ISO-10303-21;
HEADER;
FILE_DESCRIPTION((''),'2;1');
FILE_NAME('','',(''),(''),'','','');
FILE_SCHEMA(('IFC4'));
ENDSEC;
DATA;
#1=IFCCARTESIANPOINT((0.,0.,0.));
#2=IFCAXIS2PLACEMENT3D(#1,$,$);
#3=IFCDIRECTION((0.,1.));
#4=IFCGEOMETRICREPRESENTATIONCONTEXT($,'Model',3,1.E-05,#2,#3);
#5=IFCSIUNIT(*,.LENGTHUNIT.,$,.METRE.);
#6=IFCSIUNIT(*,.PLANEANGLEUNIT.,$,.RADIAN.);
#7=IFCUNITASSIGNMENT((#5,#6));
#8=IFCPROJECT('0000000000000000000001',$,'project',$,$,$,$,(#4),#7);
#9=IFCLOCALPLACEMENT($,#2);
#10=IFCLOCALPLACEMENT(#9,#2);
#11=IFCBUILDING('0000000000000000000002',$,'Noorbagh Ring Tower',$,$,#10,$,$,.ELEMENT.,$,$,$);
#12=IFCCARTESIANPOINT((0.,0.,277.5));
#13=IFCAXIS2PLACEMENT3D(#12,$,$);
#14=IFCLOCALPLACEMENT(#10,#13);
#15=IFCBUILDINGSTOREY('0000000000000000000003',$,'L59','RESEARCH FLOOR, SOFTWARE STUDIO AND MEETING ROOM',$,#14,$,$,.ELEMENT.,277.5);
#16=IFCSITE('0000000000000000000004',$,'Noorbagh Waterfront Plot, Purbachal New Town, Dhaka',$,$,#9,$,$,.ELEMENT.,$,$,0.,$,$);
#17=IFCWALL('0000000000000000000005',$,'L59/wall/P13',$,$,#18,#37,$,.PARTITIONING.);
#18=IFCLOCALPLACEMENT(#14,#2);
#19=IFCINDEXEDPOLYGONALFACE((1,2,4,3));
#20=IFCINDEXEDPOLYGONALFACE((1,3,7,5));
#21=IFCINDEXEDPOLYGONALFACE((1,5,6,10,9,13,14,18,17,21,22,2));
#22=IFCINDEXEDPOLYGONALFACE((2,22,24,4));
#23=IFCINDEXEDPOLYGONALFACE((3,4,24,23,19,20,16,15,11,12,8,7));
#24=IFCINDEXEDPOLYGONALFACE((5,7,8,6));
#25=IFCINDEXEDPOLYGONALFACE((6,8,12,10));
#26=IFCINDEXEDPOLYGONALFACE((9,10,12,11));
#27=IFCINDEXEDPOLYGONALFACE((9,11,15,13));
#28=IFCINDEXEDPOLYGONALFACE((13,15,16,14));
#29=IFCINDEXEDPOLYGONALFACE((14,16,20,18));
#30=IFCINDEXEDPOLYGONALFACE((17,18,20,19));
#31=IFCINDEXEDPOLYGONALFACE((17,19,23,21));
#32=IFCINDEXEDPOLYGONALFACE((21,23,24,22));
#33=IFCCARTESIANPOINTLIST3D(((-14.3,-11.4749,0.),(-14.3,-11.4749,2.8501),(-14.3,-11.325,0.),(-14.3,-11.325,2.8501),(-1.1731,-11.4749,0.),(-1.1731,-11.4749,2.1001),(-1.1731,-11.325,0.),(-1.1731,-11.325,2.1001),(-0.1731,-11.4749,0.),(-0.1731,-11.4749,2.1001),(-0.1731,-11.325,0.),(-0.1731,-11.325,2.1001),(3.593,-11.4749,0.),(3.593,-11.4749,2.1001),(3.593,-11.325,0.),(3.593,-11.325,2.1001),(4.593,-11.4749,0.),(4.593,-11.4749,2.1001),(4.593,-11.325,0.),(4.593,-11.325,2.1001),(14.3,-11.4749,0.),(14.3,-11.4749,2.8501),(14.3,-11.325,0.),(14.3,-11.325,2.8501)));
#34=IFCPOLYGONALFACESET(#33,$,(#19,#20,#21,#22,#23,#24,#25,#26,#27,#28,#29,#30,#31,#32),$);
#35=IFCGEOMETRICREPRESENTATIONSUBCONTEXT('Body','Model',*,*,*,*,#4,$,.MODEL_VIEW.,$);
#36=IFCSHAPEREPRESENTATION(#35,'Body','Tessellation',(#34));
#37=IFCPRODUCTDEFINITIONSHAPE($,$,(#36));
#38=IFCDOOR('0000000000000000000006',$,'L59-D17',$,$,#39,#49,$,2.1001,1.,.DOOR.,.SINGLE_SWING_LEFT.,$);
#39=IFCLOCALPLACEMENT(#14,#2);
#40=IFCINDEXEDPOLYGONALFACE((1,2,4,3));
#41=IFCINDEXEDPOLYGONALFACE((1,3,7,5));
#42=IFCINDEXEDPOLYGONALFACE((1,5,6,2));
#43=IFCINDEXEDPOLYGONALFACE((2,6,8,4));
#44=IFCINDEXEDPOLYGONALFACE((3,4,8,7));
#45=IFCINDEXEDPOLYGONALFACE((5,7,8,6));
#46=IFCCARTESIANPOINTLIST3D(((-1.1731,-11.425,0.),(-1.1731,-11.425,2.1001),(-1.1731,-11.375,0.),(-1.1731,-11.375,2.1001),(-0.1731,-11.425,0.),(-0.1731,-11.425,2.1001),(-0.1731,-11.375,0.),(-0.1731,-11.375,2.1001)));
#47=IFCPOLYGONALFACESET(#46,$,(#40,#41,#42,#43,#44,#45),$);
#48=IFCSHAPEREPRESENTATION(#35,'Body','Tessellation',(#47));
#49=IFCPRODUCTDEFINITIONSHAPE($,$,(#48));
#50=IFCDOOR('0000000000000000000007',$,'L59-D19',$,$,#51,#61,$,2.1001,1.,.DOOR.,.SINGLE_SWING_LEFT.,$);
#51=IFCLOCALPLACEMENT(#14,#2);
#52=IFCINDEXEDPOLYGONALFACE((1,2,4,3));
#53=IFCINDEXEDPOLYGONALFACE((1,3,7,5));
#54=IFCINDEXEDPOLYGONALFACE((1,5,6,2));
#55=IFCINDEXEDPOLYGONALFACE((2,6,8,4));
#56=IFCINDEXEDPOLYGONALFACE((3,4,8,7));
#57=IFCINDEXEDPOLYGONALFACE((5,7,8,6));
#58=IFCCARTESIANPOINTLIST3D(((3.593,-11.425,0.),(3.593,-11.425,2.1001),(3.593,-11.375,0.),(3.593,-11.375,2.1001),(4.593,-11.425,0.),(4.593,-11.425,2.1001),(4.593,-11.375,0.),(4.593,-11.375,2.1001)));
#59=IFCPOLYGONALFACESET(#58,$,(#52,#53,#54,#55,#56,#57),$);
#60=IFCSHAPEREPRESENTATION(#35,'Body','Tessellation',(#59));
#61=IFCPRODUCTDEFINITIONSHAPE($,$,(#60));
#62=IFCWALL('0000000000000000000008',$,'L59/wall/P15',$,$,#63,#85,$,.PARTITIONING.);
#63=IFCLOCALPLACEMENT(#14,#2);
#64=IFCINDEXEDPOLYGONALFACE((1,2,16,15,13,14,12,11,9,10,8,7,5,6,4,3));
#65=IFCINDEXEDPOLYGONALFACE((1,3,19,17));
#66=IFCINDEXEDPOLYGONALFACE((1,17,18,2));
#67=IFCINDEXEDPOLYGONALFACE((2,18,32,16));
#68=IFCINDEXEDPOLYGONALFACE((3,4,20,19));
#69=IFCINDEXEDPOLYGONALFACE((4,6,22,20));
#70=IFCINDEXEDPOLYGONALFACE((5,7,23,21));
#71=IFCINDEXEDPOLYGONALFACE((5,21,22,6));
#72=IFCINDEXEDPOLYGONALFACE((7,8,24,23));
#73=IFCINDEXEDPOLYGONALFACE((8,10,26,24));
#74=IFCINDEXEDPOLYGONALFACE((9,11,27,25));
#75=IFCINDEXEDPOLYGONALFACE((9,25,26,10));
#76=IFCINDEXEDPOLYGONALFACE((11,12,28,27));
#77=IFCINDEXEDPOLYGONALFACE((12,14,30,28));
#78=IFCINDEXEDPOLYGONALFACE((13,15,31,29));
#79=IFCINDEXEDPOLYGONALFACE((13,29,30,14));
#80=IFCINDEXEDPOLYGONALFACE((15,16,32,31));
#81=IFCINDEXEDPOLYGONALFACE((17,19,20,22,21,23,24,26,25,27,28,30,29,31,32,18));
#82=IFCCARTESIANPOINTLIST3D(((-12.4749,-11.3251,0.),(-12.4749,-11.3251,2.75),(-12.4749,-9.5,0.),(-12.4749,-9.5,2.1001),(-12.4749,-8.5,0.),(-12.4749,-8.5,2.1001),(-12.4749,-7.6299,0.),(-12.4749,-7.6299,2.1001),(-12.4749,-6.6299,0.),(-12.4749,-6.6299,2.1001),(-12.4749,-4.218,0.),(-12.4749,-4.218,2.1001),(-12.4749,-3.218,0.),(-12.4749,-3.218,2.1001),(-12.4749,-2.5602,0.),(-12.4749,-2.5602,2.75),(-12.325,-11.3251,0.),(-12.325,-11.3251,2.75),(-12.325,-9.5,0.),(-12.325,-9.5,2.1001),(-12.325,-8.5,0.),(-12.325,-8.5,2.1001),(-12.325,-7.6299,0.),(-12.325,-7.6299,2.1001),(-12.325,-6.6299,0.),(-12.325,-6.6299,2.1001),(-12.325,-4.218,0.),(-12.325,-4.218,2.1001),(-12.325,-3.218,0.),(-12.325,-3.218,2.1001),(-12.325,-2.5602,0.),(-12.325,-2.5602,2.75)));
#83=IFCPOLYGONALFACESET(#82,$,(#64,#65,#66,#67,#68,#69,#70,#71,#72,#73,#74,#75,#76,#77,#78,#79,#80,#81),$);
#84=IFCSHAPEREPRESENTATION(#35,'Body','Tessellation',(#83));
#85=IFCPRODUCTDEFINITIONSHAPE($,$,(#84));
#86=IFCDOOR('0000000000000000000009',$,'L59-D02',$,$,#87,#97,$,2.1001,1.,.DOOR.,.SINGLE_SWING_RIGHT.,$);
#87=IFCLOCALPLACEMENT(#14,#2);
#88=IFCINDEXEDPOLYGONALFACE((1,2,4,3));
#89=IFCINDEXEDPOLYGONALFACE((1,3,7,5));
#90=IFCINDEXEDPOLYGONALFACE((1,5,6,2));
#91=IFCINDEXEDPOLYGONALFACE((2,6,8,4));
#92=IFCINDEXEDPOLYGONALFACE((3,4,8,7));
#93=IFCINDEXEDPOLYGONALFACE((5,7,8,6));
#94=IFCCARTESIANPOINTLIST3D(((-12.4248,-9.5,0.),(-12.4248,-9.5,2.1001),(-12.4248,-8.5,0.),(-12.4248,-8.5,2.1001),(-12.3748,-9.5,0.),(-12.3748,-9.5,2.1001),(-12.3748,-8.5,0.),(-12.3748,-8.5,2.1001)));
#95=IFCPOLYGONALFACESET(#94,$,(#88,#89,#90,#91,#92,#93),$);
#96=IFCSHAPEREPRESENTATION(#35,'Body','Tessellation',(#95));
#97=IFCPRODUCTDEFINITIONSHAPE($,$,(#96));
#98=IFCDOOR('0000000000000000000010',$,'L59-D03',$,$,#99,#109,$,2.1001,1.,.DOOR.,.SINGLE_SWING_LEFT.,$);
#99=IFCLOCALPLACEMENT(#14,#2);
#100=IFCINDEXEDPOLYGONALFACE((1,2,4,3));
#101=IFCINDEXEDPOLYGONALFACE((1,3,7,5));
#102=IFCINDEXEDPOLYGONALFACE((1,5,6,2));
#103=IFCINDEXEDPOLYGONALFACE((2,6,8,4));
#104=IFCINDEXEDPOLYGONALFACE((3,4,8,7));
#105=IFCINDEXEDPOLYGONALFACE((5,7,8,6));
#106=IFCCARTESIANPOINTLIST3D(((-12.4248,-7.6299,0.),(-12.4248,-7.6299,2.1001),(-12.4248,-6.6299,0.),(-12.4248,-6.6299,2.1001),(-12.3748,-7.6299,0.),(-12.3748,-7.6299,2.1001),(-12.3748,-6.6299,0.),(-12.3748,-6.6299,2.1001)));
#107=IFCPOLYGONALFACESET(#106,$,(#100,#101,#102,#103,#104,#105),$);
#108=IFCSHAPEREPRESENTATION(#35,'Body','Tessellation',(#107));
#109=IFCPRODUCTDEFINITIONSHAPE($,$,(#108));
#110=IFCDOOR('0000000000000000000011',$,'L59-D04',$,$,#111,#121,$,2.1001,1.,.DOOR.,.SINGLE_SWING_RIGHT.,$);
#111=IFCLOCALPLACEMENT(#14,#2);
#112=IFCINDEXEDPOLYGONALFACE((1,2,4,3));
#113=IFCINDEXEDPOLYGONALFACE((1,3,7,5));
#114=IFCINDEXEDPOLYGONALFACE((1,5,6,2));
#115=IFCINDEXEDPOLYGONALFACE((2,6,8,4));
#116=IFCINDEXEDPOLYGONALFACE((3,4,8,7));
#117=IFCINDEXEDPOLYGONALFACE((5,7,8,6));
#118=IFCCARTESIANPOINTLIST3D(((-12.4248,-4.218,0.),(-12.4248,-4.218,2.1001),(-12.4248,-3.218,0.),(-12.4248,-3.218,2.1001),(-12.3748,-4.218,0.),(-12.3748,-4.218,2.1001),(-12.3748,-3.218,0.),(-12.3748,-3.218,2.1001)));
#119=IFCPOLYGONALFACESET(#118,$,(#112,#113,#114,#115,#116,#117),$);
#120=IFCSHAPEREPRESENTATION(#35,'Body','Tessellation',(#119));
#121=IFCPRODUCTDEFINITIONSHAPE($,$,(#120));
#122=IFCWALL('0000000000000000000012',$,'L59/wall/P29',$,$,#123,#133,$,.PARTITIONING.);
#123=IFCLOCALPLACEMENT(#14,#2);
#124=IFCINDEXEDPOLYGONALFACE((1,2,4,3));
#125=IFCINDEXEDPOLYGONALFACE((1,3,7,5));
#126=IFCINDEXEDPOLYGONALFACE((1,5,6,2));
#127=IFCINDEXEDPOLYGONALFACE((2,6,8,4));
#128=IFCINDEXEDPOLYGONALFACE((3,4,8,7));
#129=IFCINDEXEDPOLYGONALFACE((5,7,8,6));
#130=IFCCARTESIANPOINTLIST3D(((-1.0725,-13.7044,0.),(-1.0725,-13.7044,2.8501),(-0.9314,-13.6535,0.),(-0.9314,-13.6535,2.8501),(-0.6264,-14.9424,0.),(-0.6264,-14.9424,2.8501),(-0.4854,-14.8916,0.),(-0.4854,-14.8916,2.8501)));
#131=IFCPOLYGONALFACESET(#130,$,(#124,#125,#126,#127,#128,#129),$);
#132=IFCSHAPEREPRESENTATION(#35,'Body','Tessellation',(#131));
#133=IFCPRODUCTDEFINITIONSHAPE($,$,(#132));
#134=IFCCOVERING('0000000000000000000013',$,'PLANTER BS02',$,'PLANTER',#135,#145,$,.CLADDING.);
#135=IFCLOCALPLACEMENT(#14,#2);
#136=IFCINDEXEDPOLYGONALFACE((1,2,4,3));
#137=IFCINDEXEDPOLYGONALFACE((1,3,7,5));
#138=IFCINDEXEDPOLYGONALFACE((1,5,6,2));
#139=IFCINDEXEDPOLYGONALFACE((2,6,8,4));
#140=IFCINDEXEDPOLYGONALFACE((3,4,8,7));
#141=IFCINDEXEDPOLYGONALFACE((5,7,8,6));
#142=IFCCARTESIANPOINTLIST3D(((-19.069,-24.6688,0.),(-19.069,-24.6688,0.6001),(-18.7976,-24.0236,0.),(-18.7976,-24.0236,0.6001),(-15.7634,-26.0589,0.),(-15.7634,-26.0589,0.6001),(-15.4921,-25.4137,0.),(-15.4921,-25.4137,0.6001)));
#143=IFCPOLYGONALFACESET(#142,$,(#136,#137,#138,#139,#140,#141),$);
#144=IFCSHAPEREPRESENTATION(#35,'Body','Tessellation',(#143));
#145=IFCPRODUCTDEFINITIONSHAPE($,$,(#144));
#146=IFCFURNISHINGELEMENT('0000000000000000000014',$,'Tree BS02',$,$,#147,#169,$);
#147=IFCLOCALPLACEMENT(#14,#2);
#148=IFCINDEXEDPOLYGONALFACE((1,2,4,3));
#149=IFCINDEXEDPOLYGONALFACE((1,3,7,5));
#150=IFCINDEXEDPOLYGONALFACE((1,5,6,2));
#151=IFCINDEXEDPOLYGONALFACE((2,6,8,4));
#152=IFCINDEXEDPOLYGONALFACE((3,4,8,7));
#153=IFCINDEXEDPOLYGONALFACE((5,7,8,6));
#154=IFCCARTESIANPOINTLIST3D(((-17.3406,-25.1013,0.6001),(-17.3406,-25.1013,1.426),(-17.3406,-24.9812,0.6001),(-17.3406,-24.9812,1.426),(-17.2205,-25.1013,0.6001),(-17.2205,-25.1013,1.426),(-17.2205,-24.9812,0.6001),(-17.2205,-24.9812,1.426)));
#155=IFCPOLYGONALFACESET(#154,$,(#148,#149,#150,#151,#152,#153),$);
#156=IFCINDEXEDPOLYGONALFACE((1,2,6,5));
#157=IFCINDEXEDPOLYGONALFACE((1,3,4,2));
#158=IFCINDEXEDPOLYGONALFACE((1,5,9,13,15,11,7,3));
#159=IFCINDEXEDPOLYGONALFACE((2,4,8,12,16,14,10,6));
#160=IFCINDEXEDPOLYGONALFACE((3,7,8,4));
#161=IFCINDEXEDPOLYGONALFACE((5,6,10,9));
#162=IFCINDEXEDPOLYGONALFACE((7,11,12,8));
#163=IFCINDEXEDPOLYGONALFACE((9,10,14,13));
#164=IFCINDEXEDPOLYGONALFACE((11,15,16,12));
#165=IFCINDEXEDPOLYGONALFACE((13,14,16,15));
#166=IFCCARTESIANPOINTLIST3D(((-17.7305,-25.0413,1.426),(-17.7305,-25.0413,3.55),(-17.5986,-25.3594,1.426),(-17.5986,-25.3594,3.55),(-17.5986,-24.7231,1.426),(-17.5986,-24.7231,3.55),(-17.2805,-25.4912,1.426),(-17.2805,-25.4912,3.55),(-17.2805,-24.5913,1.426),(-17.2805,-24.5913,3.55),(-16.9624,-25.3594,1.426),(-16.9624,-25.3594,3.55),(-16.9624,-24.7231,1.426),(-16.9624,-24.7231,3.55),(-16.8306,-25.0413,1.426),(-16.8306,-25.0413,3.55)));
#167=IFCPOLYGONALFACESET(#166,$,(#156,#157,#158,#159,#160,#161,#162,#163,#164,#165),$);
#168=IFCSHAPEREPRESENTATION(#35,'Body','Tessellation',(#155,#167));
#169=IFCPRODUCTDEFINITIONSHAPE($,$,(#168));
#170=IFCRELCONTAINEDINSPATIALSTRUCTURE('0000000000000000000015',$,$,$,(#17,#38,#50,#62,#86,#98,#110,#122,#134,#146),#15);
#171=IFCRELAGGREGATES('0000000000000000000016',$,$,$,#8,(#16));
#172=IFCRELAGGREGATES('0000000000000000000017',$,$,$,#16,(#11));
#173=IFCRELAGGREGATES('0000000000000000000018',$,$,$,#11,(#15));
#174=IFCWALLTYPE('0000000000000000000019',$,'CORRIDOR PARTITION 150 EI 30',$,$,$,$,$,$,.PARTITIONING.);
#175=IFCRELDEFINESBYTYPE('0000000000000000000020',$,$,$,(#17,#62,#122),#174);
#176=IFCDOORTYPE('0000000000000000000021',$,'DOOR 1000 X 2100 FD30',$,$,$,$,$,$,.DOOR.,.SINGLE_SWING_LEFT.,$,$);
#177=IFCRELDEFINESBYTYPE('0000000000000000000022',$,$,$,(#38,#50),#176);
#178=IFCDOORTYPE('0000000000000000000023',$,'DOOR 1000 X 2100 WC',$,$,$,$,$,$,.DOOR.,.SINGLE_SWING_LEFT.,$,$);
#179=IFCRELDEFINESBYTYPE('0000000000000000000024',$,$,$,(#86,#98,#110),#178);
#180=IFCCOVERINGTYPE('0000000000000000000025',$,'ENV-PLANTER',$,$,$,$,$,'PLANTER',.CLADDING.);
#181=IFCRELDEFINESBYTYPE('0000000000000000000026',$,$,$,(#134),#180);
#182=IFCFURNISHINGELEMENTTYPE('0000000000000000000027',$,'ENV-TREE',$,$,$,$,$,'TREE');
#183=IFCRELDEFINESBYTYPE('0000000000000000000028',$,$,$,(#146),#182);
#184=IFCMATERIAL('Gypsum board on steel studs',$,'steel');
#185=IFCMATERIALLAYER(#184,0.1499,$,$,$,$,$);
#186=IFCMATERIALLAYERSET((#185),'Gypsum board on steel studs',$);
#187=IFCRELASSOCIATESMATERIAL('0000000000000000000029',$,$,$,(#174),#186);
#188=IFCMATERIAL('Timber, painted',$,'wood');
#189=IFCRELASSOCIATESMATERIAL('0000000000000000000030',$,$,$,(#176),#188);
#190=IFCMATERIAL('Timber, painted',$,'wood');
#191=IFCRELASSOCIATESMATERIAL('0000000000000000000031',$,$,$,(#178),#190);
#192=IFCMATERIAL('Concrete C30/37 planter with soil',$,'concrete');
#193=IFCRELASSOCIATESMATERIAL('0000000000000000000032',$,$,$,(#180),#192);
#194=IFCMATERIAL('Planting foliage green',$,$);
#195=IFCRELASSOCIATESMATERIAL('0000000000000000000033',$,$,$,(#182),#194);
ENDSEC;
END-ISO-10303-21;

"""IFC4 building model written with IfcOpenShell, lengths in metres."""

from ifc_helpers import new_model, si_unit, direction, frame, frame_2d, origin, origin_2d, place, context, subcontext, project, spatial, polyline, rectangle, outline, extrude, material, layer, layer_set, type_object, element, fill, save


model = new_model("IFC4")

# Units and contexts
model_context = context("Model", 3, precision=1e-05, world=origin(), true_north=direction((0.0, 1.0)))
body_context = subcontext(model_context, "Body", "Model", "MODEL_VIEW")
ifc_project = project(units=[si_unit("LENGTHUNIT", "METRE"), si_unit("PLANEANGLEUNIT", "RADIAN")], contexts=[model_context])

# Site, building, storey
site_placement = place(None, origin())
site = spatial("IfcSite", under=ifc_project, at=site_placement, Name="Noorbagh Waterfront Plot, Purbachal New Town, Dhaka", CompositionType="ELEMENT", RefElevation=0.0)
building_placement = place(site_placement, origin())
building = spatial("IfcBuilding", under=site, at=building_placement, Name="Noorbagh Ring Tower", CompositionType="ELEMENT")
storey_placement = place(building_placement, frame((0.0, 0.0, 277.5)))
storey = spatial("IfcBuildingStorey", under=building, at=storey_placement, Name="L59", Description="RESEARCH FLOOR, SOFTWARE STUDIO AND MEETING ROOM", CompositionType="ELEMENT", Elevation=277.5)

# Shared definitions
ifc_material_1 = material(Name="Gypsum board on steel studs", Category="steel")
ifc_layer = layer(ifc_material_1, 0.1499)
ifc_layer_set = layer_set([ifc_layer], Name="Gypsum board on steel studs")
wall_type = type_object("IfcWallType", Name="CORRIDOR PARTITION 150 EI 30", PredefinedType="PARTITIONING", material=ifc_layer_set)
ifc_material_2 = material(Name="Timber, painted", Category="wood")
door_type_1 = type_object("IfcDoorType", Name="DOOR 1000 X 2100 FD30", OperationType="SINGLE_SWING_LEFT", PredefinedType="DOOR", material=ifc_material_2)

# Walls, openings, doors
wall_1_placement = place(storey_placement, frame((-14.3, -11.3999, 0.0), z_axis=(0.0, 0.0, 1.0), x_axis=(1.0, 0.0, 0.0)))
wall_1 = element("IfcWall", 1, at=wall_1_placement, inside=storey, type_object=wall_type, Name="L59/wall/P13", PredefinedType="PARTITIONING", context=body_context, shape_type="SweptSolid", body=[
    extrude(rectangle(XDim=28.6001, YDim=0.1499, at=frame_2d((14.3, 0.0))), origin(), (0.0, 0.0, 1.0), 2.8501),
])
opening_1_placement = place(wall_1_placement, frame((13.127, 0.0, 0.0)))
opening_1 = element("IfcOpeningElement", 2, at=opening_1_placement, cuts=wall_1, PredefinedType="OPENING", context=body_context, shape_type="SweptSolid", body=[
    extrude(rectangle(XDim=1.0, YDim=2.1001, at=frame_2d((0.5, 1.05))), frame((0.0, 0.085, 0.0), z_axis=(0.0, -1.0, 0.0), x_axis=(1.0, 0.0, 0.0)), (0.0, 0.0, 1.0), 0.1699),
])
opening_2_placement = place(wall_1_placement, frame((17.8931, 0.0, 0.0)))
opening_2 = element("IfcOpeningElement", 3, at=opening_2_placement, cuts=wall_1, PredefinedType="OPENING", context=body_context, shape_type="SweptSolid", body=[
    extrude(rectangle(XDim=1.0, YDim=2.1001, at=frame_2d((0.5, 1.05))), frame((0.0, 0.085, 0.0), z_axis=(0.0, -1.0, 0.0), x_axis=(1.0, 0.0, 0.0)), (0.0, 0.0, 1.0), 0.1699),
])
door_1_placement = place(opening_1_placement, origin())
door_1 = element("IfcDoor", 4, at=door_1_placement, inside=storey, type_object=door_type_1, Name="L59-D17", OperationType="SINGLE_SWING_LEFT", OverallHeight=2.1001, OverallWidth=1.0, PredefinedType="DOOR", context=body_context, shape_type="SweptSolid", body=[
    extrude(rectangle(XDim=1.0, YDim=2.1001, at=frame_2d((0.5, 1.05))), frame((0.0, 0.0249, 0.0), z_axis=(0.0, -1.0, 0.0), x_axis=(1.0, 0.0, 0.0)), (0.0, 0.0, 1.0), 0.05),
])
fill(opening_1, door_1)
door_2_placement = place(opening_2_placement, origin())
door_2 = element("IfcDoor", 5, at=door_2_placement, inside=storey, type_object=door_type_1, Name="L59-D19", OperationType="SINGLE_SWING_LEFT", OverallHeight=2.1001, OverallWidth=1.0, PredefinedType="DOOR", context=body_context, shape_type="SweptSolid", body=[
    extrude(rectangle(XDim=1.0, YDim=2.1001, at=frame_2d((0.5, 1.05))), frame((0.0, 0.0249, 0.0), z_axis=(0.0, -1.0, 0.0), x_axis=(1.0, 0.0, 0.0)), (0.0, 0.0, 1.0), 0.05),
])
fill(opening_2, door_2)
wall_2_placement = place(storey_placement, frame((-12.3999, -11.325, 0.0), z_axis=(0.0, 0.0, 1.0), x_axis=(0.0, 1.0, 0.0)))
wall_2 = element("IfcWall", 6, at=wall_2_placement, inside=storey, type_object=wall_type, Name="L59/wall/P15", PredefinedType="PARTITIONING", context=body_context, shape_type="SweptSolid", body=[
    extrude(rectangle(XDim=8.7649, YDim=0.1499, at=frame_2d((4.3823, 0.0))), origin(), (0.0, 0.0, 1.0), 2.75),
])
opening_3_placement = place(wall_2_placement, frame((1.825, 0.0, 0.0)))
opening_3 = element("IfcOpeningElement", 7, at=opening_3_placement, cuts=wall_2, PredefinedType="OPENING", context=body_context, shape_type="SweptSolid", body=[
    extrude(rectangle(XDim=1.0, YDim=2.1001, at=frame_2d((0.5, 1.05))), frame((0.0, 0.085, 0.0), z_axis=(0.0, -1.0, 0.0), x_axis=(1.0, 0.0, 0.0)), (0.0, 0.0, 1.0), 0.1699),
])
opening_4_placement = place(wall_2_placement, frame((3.6951, 0.0, 0.0)))
opening_4 = element("IfcOpeningElement", 8, at=opening_4_placement, cuts=wall_2, PredefinedType="OPENING", context=body_context, shape_type="SweptSolid", body=[
    extrude(rectangle(XDim=1.0, YDim=2.1001, at=frame_2d((0.5, 1.05))), frame((0.0, 0.085, 0.0), z_axis=(0.0, -1.0, 0.0), x_axis=(1.0, 0.0, 0.0)), (0.0, 0.0, 1.0), 0.1699),
])
opening_5_placement = place(wall_2_placement, frame((7.1069, 0.0, 0.0)))
opening_5 = element("IfcOpeningElement", 9, at=opening_5_placement, cuts=wall_2, PredefinedType="OPENING", context=body_context, shape_type="SweptSolid", body=[
    extrude(rectangle(XDim=1.0, YDim=2.1001, at=frame_2d((0.5, 1.05))), frame((0.0, 0.085, 0.0), z_axis=(0.0, -1.0, 0.0), x_axis=(1.0, 0.0, 0.0)), (0.0, 0.0, 1.0), 0.1699),
])
ifc_material_3 = material(Name="Timber, painted", Category="wood")
door_type_2 = type_object("IfcDoorType", Name="DOOR 1000 X 2100 WC", OperationType="SINGLE_SWING_LEFT", PredefinedType="DOOR", material=ifc_material_3)
door_3_placement = place(opening_3_placement, origin())
door_3 = element("IfcDoor", 10, at=door_3_placement, inside=storey, type_object=door_type_2, Name="L59-D02", OperationType="SINGLE_SWING_RIGHT", OverallHeight=2.1001, OverallWidth=1.0, PredefinedType="DOOR", context=body_context, shape_type="SweptSolid", body=[
    extrude(rectangle(XDim=1.0, YDim=2.1001, at=frame_2d((0.5, 1.05))), frame((0.0, 0.0249, 0.0), z_axis=(0.0, -1.0, 0.0), x_axis=(1.0, 0.0, 0.0)), (0.0, 0.0, 1.0), 0.05),
])
fill(opening_3, door_3)
door_4_placement = place(opening_4_placement, origin())
door_4 = element("IfcDoor", 11, at=door_4_placement, inside=storey, type_object=door_type_2, Name="L59-D03", OperationType="SINGLE_SWING_LEFT", OverallHeight=2.1001, OverallWidth=1.0, PredefinedType="DOOR", context=body_context, shape_type="SweptSolid", body=[
    extrude(rectangle(XDim=1.0, YDim=2.1001, at=frame_2d((0.5, 1.05))), frame((0.0, 0.0249, 0.0), z_axis=(0.0, -1.0, 0.0), x_axis=(1.0, 0.0, 0.0)), (0.0, 0.0, 1.0), 0.05),
])
fill(opening_4, door_4)
door_5_placement = place(opening_5_placement, origin())
door_5 = element("IfcDoor", 12, at=door_5_placement, inside=storey, type_object=door_type_2, Name="L59-D04", OperationType="SINGLE_SWING_RIGHT", OverallHeight=2.1001, OverallWidth=1.0, PredefinedType="DOOR", context=body_context, shape_type="SweptSolid", body=[
    extrude(rectangle(XDim=1.0, YDim=2.1001, at=frame_2d((0.5, 1.05))), frame((0.0, 0.0249, 0.0), z_axis=(0.0, -1.0, 0.0), x_axis=(1.0, 0.0, 0.0)), (0.0, 0.0, 1.0), 0.05),
])
fill(opening_5, door_5)

# Wall
wall_3_placement = place(storey_placement, frame((-1.002, -13.679, 0.0), z_axis=(0.0, 0.0, 1.0), x_axis=(0.338956, -0.940802, 0.0)))
element("IfcWall", 13, at=wall_3_placement, inside=storey, type_object=wall_type, Name="L59/wall/P29", PredefinedType="PARTITIONING", context=body_context, shape_type="SweptSolid", body=[
    extrude(rectangle(XDim=1.3159, YDim=0.1499, at=frame_2d((0.658, 0.0))), origin(), (0.0, 0.0, 1.0), 2.8501),
])

# Covering
ifc_material_4 = material(Name="Concrete C30/37 planter with soil", Category="concrete")
covering_type = type_object("IfcCoveringType", Name="ENV-PLANTER", ElementType="PLANTER", PredefinedType="CLADDING", material=ifc_material_4)
covering_placement = place(storey_placement, frame((-17.2805, -25.0413, 0.0), z_axis=(0.0, 0.0, 1.0), x_axis=(0.921812, -0.387638, 0.0)))
element("IfcCovering", 14, at=covering_placement, inside=storey, type_object=covering_type, Name="PLANTER BS02", ObjectType="PLANTER", PredefinedType="CLADDING", context=body_context, shape_type="SweptSolid", body=[
    extrude(rectangle(XDim=3.5859, YDim=0.7, at=origin_2d()), origin(), (0.0, 0.0, 1.0), 0.6001),
])

# Furnishing element
ifc_material_5 = material(Name="Planting foliage green")
furnishing_element_type = type_object("IfcFurnishingElementType", Name="ENV-TREE", ElementType="TREE", material=ifc_material_5)
furnishing_placement = place(storey_placement, frame((-17.2805, -25.0413, 0.6001), z_axis=(0.0, 0.0, 1.0), x_axis=(1.0, 0.0, 0.0)))
element("IfcFurnishingElement", 15, at=furnishing_placement, inside=storey, type_object=furnishing_element_type, Name="Tree BS02", context=body_context, shape_type="SweptSolid", body=[
    extrude(rectangle(XDim=0.1201, YDim=0.1201, at=origin_2d()), origin(), (0.0, 0.0, 1.0), 0.8259),
    extrude(outline(polyline([(0.45, 0.0), (0.3181, 0.3181), (0.0, 0.45), (-0.3181, 0.3181), (-0.45, 0.0), (-0.3181, -0.3181), (0.0, -0.45), (0.3181, -0.3181), (0.45, 0.0)])), frame((0.0, 0.0, 0.8259)), (0.0, 0.0, 1.0), 2.124),
])

save(model, "model.ifc")
